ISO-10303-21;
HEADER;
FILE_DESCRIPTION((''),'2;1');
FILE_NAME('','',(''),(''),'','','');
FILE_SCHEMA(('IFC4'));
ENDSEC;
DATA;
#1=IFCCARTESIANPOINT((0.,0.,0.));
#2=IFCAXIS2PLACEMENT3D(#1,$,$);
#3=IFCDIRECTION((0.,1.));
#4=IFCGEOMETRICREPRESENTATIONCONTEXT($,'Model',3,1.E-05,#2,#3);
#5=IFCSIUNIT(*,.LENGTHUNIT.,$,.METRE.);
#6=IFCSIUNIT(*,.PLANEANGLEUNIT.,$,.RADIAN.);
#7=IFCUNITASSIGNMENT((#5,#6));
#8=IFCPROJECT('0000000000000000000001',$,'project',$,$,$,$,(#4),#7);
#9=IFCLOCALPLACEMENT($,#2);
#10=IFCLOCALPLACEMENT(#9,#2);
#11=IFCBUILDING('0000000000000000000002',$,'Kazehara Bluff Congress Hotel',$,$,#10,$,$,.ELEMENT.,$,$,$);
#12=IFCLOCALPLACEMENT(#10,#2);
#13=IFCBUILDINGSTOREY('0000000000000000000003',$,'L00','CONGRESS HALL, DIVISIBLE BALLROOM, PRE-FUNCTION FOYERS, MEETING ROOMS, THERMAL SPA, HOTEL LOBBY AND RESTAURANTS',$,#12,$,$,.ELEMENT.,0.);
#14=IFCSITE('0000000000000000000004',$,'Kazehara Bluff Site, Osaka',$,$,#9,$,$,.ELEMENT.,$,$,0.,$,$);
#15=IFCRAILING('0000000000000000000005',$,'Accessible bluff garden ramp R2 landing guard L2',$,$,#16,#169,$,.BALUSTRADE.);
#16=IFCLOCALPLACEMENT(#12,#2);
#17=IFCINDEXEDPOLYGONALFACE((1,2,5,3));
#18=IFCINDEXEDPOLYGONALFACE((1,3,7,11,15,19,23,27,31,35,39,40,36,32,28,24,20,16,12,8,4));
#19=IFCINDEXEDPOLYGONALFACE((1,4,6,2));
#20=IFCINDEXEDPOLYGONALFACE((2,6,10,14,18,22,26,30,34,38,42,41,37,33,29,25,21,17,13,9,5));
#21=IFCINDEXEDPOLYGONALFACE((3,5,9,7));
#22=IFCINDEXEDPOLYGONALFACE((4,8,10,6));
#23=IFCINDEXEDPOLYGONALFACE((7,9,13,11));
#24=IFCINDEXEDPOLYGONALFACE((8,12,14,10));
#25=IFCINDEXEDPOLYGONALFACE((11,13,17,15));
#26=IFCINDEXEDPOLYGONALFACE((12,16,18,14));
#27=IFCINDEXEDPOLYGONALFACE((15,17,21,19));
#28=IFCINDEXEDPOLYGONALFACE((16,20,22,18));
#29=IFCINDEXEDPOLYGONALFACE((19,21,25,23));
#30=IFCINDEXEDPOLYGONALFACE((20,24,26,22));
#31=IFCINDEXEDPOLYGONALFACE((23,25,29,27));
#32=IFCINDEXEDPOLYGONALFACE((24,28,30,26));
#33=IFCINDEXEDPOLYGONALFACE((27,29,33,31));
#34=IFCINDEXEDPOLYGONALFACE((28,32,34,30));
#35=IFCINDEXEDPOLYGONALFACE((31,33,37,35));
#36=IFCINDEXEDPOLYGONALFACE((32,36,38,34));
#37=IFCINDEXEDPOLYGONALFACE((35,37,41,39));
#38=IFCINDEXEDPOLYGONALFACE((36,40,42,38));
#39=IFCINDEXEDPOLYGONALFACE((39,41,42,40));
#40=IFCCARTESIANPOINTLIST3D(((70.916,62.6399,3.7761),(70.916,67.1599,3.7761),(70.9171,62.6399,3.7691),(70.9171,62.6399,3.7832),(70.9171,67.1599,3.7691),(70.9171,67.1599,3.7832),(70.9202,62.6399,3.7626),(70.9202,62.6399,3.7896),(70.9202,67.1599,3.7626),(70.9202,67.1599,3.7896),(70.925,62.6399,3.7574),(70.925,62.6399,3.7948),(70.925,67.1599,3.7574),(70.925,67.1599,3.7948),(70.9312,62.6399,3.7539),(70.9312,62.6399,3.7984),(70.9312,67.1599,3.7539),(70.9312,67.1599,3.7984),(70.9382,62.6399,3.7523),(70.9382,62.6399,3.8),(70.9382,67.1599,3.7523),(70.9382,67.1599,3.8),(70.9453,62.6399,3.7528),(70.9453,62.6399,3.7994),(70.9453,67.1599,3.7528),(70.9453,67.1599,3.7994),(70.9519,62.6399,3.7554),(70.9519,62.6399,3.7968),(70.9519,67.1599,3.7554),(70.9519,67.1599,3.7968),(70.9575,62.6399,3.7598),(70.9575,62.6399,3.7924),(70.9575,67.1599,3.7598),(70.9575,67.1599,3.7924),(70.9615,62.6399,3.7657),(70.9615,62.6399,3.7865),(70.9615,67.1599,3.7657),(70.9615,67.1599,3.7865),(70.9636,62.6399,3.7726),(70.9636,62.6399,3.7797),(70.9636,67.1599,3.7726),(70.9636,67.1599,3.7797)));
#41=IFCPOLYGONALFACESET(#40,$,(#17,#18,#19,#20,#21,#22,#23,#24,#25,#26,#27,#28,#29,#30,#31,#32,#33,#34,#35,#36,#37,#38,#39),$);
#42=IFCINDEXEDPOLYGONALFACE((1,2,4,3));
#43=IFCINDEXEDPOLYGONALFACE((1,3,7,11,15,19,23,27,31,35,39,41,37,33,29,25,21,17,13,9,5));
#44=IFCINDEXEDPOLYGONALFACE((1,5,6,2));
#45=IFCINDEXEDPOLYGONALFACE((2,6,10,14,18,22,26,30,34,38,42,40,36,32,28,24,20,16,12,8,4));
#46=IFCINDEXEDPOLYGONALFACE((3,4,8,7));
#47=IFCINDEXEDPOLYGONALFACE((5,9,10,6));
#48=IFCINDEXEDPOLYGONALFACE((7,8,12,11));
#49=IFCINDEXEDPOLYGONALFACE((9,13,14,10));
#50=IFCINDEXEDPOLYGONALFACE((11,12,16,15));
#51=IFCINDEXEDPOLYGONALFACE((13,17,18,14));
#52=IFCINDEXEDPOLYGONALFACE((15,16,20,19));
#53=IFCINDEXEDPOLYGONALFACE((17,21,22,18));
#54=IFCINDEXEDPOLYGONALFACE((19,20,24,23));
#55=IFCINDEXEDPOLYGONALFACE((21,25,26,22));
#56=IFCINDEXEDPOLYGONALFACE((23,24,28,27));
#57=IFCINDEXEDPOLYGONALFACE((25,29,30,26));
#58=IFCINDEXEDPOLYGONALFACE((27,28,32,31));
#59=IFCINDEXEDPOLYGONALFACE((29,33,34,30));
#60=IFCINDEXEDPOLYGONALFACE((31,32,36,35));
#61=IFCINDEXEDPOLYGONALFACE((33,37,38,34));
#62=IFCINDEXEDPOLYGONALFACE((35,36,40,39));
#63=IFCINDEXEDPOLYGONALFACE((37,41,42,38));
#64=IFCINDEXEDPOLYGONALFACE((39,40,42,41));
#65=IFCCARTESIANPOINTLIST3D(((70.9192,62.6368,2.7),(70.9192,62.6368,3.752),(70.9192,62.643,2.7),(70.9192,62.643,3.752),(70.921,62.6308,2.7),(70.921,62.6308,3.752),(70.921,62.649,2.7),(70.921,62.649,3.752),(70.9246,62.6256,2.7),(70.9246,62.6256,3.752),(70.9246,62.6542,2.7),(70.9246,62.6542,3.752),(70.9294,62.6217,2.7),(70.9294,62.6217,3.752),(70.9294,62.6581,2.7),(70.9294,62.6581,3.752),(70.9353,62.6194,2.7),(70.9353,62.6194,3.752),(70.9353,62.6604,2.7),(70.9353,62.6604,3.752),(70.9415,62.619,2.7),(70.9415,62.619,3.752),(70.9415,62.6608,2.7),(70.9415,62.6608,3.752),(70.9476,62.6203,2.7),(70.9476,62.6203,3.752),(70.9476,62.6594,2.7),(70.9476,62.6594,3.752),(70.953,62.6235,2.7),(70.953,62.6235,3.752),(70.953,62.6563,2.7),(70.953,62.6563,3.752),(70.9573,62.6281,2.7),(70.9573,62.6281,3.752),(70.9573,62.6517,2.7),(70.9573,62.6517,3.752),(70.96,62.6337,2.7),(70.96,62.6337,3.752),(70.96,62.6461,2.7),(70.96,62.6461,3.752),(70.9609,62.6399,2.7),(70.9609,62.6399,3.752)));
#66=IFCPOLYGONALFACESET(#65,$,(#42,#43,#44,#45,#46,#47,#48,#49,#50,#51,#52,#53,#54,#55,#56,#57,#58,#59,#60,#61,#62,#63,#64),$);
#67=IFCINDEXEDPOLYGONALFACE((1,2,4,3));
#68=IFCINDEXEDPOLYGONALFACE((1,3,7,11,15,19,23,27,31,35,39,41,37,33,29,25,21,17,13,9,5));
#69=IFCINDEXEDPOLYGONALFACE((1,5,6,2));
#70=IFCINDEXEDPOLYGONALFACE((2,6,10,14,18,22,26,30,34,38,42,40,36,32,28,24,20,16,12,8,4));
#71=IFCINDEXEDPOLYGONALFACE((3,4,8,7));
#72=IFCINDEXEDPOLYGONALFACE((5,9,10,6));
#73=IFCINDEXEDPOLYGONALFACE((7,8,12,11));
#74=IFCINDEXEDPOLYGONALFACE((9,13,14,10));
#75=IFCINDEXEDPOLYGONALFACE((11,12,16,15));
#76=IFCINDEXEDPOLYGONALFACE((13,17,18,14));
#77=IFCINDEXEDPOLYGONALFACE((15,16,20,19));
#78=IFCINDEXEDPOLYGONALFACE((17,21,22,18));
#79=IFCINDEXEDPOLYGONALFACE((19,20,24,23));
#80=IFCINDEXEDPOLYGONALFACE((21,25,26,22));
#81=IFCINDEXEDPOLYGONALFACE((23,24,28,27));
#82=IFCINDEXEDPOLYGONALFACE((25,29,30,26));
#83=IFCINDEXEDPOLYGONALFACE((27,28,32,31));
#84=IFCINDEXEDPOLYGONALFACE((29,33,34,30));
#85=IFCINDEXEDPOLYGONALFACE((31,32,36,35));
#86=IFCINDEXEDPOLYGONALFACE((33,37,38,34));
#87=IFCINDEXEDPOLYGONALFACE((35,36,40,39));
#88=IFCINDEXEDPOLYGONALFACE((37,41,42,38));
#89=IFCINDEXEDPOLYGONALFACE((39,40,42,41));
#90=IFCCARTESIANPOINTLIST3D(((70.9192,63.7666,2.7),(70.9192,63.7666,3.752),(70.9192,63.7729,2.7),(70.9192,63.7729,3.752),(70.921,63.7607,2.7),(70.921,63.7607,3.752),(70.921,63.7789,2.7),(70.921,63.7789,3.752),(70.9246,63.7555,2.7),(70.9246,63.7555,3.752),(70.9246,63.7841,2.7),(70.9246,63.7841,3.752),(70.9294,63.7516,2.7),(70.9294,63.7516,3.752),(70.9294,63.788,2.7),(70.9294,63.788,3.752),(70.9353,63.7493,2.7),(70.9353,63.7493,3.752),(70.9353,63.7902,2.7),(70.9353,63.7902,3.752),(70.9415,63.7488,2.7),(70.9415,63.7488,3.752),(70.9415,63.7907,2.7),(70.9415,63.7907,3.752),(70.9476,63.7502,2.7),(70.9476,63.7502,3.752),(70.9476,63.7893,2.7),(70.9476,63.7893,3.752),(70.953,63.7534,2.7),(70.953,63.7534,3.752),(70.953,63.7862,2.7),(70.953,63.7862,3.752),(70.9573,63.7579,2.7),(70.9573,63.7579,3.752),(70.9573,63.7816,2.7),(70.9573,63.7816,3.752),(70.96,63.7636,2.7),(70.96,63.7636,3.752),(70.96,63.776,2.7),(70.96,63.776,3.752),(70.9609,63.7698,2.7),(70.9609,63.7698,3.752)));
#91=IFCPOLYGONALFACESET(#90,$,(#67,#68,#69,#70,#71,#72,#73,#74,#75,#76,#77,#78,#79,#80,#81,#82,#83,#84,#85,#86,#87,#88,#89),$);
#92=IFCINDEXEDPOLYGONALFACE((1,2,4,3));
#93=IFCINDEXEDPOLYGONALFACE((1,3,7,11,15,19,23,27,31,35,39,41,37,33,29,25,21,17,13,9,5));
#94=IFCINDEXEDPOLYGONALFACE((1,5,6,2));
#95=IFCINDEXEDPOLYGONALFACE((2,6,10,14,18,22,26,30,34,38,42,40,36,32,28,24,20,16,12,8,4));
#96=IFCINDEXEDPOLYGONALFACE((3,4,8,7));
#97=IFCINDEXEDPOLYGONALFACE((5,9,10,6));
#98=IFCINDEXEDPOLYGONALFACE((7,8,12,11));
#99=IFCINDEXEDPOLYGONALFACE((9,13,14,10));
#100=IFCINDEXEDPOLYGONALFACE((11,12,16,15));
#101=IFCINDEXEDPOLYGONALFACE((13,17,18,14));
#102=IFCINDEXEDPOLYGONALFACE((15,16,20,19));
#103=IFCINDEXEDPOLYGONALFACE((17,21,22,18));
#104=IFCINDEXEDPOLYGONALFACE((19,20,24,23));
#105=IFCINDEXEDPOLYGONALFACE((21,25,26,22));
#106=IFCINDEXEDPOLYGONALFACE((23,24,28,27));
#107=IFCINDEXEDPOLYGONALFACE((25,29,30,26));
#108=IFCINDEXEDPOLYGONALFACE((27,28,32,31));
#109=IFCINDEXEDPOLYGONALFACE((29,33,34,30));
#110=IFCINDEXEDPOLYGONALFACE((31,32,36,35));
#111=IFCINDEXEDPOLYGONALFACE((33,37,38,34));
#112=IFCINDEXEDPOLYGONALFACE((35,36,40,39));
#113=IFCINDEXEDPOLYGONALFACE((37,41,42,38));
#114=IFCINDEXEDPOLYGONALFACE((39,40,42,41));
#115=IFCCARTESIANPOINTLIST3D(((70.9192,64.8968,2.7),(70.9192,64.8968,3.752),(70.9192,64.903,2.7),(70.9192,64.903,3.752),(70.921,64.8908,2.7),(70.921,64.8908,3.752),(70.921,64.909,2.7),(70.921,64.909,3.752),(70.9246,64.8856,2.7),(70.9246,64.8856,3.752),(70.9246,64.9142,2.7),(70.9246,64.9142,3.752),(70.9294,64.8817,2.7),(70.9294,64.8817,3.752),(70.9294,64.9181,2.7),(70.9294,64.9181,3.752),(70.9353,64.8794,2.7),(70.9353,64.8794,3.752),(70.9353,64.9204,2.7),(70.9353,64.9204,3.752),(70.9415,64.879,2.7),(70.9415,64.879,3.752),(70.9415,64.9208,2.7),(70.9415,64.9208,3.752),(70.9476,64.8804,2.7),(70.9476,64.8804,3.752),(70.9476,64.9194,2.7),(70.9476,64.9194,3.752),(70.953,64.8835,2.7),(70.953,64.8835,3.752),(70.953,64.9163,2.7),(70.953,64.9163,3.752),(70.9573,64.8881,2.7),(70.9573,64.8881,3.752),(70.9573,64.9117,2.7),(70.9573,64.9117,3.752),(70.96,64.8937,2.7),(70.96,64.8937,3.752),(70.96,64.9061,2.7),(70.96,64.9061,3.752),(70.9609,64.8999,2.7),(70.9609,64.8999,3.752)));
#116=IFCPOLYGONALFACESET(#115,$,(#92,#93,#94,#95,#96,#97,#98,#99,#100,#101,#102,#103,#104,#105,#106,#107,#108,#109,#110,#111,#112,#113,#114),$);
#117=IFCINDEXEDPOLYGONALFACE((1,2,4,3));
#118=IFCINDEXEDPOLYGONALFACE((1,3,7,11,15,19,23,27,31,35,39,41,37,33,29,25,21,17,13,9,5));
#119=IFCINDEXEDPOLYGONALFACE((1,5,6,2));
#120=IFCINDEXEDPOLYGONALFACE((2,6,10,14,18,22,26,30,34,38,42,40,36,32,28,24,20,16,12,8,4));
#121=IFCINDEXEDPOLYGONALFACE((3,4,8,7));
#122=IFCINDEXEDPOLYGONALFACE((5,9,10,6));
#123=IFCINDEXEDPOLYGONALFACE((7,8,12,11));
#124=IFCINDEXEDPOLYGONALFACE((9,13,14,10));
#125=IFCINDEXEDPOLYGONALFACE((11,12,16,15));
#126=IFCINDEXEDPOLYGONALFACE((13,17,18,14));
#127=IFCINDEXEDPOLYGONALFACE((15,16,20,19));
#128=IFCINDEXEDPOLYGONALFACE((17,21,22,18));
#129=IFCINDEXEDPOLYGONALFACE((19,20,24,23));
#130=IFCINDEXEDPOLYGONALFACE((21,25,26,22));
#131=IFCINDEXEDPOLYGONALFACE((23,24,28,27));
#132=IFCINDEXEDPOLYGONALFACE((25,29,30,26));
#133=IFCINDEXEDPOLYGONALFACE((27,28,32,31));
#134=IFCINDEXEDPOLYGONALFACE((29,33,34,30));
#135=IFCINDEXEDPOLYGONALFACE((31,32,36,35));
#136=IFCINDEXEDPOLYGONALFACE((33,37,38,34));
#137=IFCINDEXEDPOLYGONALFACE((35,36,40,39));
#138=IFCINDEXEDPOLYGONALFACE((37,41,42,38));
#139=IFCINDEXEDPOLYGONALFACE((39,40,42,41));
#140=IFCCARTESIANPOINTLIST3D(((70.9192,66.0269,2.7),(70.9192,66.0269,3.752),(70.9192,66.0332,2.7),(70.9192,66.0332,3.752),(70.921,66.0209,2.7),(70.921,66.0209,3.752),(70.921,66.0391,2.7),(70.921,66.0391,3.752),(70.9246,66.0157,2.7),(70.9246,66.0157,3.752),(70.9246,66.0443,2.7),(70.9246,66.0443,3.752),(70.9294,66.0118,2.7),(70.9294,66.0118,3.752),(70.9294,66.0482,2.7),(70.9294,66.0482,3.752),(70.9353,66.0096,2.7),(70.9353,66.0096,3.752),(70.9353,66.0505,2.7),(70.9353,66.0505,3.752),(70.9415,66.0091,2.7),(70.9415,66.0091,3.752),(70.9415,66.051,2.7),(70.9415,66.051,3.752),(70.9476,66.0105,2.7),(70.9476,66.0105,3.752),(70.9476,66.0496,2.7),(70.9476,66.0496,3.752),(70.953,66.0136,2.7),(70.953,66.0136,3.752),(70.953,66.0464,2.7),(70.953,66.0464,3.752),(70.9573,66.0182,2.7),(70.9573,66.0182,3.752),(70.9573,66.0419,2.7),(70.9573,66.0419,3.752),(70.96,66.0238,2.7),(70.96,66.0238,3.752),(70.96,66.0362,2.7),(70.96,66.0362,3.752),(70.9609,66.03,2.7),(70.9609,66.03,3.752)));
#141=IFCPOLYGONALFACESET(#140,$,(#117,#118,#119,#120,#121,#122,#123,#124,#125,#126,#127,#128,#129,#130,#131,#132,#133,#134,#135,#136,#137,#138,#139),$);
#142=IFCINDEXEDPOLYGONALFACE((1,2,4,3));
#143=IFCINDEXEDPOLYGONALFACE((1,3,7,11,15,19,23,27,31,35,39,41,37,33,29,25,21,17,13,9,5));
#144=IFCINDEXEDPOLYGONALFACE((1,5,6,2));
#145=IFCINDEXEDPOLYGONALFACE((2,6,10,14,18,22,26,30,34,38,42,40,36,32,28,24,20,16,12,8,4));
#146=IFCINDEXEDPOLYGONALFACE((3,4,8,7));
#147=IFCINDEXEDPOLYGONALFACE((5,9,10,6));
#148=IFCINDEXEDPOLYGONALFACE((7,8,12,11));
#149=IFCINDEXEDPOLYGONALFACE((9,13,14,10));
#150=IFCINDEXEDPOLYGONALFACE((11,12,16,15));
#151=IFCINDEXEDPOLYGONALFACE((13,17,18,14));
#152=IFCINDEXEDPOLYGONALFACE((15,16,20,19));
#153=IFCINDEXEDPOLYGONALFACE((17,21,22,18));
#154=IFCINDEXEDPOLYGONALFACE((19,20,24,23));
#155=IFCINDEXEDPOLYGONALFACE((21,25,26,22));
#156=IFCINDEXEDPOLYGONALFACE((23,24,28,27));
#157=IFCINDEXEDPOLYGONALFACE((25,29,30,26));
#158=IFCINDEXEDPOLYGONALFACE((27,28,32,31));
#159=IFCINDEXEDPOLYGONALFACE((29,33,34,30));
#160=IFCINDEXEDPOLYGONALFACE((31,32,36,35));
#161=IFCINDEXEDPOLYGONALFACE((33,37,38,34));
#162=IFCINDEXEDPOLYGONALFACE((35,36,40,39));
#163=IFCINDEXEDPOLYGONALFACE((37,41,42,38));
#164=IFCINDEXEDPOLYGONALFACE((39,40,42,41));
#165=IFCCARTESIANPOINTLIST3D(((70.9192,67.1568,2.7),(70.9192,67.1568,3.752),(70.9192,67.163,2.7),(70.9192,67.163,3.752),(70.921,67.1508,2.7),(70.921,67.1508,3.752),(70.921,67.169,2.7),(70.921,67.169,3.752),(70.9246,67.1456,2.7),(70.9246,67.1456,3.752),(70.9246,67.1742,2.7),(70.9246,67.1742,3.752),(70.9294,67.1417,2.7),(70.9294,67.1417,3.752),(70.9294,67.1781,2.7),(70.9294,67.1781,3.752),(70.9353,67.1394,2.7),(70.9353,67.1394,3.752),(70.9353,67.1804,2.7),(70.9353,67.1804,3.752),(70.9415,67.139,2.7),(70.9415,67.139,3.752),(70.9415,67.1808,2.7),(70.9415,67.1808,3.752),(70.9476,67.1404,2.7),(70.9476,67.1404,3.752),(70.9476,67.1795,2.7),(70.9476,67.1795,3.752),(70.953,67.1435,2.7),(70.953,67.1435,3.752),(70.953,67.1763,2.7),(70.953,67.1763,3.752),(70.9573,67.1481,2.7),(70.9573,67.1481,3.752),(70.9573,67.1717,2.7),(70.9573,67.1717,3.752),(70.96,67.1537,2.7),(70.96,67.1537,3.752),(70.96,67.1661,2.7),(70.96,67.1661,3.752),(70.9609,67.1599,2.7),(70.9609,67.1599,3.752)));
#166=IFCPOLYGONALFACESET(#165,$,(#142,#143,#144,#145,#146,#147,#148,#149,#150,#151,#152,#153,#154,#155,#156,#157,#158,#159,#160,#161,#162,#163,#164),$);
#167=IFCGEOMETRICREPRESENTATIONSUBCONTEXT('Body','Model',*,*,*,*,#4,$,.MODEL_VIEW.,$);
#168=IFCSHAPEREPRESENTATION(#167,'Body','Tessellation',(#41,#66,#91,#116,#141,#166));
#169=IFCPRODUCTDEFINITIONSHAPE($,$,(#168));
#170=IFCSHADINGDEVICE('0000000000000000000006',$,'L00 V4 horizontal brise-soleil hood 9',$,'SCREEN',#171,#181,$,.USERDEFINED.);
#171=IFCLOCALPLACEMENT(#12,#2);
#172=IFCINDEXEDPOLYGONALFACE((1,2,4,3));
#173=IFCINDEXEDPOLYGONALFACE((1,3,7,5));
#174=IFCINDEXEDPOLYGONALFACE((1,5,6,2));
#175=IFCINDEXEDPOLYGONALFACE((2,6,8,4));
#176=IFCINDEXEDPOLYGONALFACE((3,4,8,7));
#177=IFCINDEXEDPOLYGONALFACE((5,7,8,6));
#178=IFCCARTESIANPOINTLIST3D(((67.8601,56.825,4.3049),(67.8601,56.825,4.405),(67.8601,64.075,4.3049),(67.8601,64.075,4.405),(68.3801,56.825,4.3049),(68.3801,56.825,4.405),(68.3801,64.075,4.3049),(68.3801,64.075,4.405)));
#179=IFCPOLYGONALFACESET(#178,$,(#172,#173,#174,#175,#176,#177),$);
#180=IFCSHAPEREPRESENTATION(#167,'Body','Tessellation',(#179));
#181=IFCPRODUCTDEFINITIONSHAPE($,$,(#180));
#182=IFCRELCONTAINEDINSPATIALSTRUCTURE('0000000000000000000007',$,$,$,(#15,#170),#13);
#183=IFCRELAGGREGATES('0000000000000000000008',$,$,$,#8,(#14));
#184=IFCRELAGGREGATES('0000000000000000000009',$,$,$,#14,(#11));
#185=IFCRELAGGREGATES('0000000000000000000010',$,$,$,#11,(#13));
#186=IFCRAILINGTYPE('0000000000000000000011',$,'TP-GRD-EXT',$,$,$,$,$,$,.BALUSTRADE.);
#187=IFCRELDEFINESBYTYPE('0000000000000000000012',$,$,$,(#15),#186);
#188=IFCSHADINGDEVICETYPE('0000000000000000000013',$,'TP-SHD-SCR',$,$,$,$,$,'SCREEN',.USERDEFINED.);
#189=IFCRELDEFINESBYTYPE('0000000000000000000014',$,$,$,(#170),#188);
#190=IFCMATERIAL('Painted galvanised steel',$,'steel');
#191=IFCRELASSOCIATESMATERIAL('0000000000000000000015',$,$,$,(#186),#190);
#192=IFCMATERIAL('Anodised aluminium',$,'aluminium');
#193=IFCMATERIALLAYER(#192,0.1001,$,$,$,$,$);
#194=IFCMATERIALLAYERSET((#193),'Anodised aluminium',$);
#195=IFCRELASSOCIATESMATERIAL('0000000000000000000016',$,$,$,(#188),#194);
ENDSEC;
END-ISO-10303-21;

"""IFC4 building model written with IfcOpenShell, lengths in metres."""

from ifc_helpers import new_model, si_unit, direction, frame, origin, origin_2d, place, context, subcontext, project, spatial, rectangle, circle, extrude, material, layer, layer_set, type_object, element, save


model = new_model("IFC4")

# Units and contexts
model_context = context("Model", 3, precision=1e-05, world=origin(), true_north=direction((0.0, 1.0)))
body_context = subcontext(model_context, "Body", "Model", "MODEL_VIEW")
ifc_project = project(units=[si_unit("LENGTHUNIT", "METRE"), si_unit("PLANEANGLEUNIT", "RADIAN")], contexts=[model_context])

# Site, building, storey
site_placement = place(None, origin())
site = spatial("IfcSite", under=ifc_project, at=site_placement, Name="Kazehara Bluff Site, Osaka", CompositionType="ELEMENT", RefElevation=0.0)
building_placement = place(site_placement, origin())
building = spatial("IfcBuilding", under=site, at=building_placement, Name="Kazehara Bluff Congress Hotel", CompositionType="ELEMENT")
storey_placement = place(building_placement, origin())
storey = spatial("IfcBuildingStorey", under=building, at=storey_placement, Name="L00", Description="CONGRESS HALL, DIVISIBLE BALLROOM, PRE-FUNCTION FOYERS, MEETING ROOMS, THERMAL SPA, HOTEL LOBBY AND RESTAURANTS", CompositionType="ELEMENT", Elevation=0.0)

# Railing
ifc_material_1 = material(Name="Painted galvanised steel", Category="steel")
railing_type = type_object("IfcRailingType", Name="TP-GRD-EXT", PredefinedType="BALUSTRADE", material=ifc_material_1)
railing_1_placement = place(storey_placement, frame((70.9399, 62.6399, 2.7)))
element("IfcRailing", 1, at=railing_1_placement, inside=storey, type_object=railing_type, Name="Accessible bluff garden ramp R2 landing guard L2", PredefinedType="BALUSTRADE", context=body_context, shape_type="SweptSolid", body=[
    extrude(circle(Radius=0.0239, at=origin_2d()), frame((0.0, 0.0, 1.0762), z_axis=(0.0, 1.0, 0.0), x_axis=(-1.0, 0.0, 0.0)), (0.0, 0.0, 1.0), 4.52),
    extrude(circle(Radius=0.021, at=origin_2d()), origin(), (0.0, 0.0, 1.0), 1.052),
    extrude(circle(Radius=0.021, at=origin_2d()), frame((0.0, 1.1299, 0.0)), (0.0, 0.0, 1.0), 1.052),
    extrude(circle(Radius=0.021, at=origin_2d()), frame((0.0, 2.26, 0.0)), (0.0, 0.0, 1.0), 1.052),
    extrude(circle(Radius=0.021, at=origin_2d()), frame((0.0, 3.3901, 0.0)), (0.0, 0.0, 1.0), 1.052),
    extrude(circle(Radius=0.021, at=origin_2d()), frame((0.0, 4.52, 0.0)), (0.0, 0.0, 1.0), 1.052),
])

# Shading device
ifc_material_2 = material(Name="Anodised aluminium", Category="aluminium")
ifc_layer_1 = layer(ifc_material_2, 0.1001)
ifc_layer_set_1 = layer_set([ifc_layer_1], Name="Anodised aluminium")
shading_device_type = type_object("IfcShadingDeviceType", Name="TP-SHD-SCR", ElementType="SCREEN", PredefinedType="USERDEFINED", material=ifc_layer_set_1)
shading_device_placement = place(storey_placement, frame((68.1201, 60.45, 4.3049), z_axis=(0.0, 0.0, 1.0), x_axis=(1.0, 0.0, 0.0)))
element("IfcShadingDevice", 2, at=shading_device_placement, inside=storey, type_object=shading_device_type, Name="L00 V4 horizontal brise-soleil hood 9", ObjectType="SCREEN", PredefinedType="USERDEFINED", context=body_context, shape_type="SweptSolid", body=[
    extrude(rectangle(XDim=0.52, YDim=7.25, at=origin_2d()), origin(), (0.0, 0.0, 1.0), 0.1001),
])

save(model, "model.ifc")
